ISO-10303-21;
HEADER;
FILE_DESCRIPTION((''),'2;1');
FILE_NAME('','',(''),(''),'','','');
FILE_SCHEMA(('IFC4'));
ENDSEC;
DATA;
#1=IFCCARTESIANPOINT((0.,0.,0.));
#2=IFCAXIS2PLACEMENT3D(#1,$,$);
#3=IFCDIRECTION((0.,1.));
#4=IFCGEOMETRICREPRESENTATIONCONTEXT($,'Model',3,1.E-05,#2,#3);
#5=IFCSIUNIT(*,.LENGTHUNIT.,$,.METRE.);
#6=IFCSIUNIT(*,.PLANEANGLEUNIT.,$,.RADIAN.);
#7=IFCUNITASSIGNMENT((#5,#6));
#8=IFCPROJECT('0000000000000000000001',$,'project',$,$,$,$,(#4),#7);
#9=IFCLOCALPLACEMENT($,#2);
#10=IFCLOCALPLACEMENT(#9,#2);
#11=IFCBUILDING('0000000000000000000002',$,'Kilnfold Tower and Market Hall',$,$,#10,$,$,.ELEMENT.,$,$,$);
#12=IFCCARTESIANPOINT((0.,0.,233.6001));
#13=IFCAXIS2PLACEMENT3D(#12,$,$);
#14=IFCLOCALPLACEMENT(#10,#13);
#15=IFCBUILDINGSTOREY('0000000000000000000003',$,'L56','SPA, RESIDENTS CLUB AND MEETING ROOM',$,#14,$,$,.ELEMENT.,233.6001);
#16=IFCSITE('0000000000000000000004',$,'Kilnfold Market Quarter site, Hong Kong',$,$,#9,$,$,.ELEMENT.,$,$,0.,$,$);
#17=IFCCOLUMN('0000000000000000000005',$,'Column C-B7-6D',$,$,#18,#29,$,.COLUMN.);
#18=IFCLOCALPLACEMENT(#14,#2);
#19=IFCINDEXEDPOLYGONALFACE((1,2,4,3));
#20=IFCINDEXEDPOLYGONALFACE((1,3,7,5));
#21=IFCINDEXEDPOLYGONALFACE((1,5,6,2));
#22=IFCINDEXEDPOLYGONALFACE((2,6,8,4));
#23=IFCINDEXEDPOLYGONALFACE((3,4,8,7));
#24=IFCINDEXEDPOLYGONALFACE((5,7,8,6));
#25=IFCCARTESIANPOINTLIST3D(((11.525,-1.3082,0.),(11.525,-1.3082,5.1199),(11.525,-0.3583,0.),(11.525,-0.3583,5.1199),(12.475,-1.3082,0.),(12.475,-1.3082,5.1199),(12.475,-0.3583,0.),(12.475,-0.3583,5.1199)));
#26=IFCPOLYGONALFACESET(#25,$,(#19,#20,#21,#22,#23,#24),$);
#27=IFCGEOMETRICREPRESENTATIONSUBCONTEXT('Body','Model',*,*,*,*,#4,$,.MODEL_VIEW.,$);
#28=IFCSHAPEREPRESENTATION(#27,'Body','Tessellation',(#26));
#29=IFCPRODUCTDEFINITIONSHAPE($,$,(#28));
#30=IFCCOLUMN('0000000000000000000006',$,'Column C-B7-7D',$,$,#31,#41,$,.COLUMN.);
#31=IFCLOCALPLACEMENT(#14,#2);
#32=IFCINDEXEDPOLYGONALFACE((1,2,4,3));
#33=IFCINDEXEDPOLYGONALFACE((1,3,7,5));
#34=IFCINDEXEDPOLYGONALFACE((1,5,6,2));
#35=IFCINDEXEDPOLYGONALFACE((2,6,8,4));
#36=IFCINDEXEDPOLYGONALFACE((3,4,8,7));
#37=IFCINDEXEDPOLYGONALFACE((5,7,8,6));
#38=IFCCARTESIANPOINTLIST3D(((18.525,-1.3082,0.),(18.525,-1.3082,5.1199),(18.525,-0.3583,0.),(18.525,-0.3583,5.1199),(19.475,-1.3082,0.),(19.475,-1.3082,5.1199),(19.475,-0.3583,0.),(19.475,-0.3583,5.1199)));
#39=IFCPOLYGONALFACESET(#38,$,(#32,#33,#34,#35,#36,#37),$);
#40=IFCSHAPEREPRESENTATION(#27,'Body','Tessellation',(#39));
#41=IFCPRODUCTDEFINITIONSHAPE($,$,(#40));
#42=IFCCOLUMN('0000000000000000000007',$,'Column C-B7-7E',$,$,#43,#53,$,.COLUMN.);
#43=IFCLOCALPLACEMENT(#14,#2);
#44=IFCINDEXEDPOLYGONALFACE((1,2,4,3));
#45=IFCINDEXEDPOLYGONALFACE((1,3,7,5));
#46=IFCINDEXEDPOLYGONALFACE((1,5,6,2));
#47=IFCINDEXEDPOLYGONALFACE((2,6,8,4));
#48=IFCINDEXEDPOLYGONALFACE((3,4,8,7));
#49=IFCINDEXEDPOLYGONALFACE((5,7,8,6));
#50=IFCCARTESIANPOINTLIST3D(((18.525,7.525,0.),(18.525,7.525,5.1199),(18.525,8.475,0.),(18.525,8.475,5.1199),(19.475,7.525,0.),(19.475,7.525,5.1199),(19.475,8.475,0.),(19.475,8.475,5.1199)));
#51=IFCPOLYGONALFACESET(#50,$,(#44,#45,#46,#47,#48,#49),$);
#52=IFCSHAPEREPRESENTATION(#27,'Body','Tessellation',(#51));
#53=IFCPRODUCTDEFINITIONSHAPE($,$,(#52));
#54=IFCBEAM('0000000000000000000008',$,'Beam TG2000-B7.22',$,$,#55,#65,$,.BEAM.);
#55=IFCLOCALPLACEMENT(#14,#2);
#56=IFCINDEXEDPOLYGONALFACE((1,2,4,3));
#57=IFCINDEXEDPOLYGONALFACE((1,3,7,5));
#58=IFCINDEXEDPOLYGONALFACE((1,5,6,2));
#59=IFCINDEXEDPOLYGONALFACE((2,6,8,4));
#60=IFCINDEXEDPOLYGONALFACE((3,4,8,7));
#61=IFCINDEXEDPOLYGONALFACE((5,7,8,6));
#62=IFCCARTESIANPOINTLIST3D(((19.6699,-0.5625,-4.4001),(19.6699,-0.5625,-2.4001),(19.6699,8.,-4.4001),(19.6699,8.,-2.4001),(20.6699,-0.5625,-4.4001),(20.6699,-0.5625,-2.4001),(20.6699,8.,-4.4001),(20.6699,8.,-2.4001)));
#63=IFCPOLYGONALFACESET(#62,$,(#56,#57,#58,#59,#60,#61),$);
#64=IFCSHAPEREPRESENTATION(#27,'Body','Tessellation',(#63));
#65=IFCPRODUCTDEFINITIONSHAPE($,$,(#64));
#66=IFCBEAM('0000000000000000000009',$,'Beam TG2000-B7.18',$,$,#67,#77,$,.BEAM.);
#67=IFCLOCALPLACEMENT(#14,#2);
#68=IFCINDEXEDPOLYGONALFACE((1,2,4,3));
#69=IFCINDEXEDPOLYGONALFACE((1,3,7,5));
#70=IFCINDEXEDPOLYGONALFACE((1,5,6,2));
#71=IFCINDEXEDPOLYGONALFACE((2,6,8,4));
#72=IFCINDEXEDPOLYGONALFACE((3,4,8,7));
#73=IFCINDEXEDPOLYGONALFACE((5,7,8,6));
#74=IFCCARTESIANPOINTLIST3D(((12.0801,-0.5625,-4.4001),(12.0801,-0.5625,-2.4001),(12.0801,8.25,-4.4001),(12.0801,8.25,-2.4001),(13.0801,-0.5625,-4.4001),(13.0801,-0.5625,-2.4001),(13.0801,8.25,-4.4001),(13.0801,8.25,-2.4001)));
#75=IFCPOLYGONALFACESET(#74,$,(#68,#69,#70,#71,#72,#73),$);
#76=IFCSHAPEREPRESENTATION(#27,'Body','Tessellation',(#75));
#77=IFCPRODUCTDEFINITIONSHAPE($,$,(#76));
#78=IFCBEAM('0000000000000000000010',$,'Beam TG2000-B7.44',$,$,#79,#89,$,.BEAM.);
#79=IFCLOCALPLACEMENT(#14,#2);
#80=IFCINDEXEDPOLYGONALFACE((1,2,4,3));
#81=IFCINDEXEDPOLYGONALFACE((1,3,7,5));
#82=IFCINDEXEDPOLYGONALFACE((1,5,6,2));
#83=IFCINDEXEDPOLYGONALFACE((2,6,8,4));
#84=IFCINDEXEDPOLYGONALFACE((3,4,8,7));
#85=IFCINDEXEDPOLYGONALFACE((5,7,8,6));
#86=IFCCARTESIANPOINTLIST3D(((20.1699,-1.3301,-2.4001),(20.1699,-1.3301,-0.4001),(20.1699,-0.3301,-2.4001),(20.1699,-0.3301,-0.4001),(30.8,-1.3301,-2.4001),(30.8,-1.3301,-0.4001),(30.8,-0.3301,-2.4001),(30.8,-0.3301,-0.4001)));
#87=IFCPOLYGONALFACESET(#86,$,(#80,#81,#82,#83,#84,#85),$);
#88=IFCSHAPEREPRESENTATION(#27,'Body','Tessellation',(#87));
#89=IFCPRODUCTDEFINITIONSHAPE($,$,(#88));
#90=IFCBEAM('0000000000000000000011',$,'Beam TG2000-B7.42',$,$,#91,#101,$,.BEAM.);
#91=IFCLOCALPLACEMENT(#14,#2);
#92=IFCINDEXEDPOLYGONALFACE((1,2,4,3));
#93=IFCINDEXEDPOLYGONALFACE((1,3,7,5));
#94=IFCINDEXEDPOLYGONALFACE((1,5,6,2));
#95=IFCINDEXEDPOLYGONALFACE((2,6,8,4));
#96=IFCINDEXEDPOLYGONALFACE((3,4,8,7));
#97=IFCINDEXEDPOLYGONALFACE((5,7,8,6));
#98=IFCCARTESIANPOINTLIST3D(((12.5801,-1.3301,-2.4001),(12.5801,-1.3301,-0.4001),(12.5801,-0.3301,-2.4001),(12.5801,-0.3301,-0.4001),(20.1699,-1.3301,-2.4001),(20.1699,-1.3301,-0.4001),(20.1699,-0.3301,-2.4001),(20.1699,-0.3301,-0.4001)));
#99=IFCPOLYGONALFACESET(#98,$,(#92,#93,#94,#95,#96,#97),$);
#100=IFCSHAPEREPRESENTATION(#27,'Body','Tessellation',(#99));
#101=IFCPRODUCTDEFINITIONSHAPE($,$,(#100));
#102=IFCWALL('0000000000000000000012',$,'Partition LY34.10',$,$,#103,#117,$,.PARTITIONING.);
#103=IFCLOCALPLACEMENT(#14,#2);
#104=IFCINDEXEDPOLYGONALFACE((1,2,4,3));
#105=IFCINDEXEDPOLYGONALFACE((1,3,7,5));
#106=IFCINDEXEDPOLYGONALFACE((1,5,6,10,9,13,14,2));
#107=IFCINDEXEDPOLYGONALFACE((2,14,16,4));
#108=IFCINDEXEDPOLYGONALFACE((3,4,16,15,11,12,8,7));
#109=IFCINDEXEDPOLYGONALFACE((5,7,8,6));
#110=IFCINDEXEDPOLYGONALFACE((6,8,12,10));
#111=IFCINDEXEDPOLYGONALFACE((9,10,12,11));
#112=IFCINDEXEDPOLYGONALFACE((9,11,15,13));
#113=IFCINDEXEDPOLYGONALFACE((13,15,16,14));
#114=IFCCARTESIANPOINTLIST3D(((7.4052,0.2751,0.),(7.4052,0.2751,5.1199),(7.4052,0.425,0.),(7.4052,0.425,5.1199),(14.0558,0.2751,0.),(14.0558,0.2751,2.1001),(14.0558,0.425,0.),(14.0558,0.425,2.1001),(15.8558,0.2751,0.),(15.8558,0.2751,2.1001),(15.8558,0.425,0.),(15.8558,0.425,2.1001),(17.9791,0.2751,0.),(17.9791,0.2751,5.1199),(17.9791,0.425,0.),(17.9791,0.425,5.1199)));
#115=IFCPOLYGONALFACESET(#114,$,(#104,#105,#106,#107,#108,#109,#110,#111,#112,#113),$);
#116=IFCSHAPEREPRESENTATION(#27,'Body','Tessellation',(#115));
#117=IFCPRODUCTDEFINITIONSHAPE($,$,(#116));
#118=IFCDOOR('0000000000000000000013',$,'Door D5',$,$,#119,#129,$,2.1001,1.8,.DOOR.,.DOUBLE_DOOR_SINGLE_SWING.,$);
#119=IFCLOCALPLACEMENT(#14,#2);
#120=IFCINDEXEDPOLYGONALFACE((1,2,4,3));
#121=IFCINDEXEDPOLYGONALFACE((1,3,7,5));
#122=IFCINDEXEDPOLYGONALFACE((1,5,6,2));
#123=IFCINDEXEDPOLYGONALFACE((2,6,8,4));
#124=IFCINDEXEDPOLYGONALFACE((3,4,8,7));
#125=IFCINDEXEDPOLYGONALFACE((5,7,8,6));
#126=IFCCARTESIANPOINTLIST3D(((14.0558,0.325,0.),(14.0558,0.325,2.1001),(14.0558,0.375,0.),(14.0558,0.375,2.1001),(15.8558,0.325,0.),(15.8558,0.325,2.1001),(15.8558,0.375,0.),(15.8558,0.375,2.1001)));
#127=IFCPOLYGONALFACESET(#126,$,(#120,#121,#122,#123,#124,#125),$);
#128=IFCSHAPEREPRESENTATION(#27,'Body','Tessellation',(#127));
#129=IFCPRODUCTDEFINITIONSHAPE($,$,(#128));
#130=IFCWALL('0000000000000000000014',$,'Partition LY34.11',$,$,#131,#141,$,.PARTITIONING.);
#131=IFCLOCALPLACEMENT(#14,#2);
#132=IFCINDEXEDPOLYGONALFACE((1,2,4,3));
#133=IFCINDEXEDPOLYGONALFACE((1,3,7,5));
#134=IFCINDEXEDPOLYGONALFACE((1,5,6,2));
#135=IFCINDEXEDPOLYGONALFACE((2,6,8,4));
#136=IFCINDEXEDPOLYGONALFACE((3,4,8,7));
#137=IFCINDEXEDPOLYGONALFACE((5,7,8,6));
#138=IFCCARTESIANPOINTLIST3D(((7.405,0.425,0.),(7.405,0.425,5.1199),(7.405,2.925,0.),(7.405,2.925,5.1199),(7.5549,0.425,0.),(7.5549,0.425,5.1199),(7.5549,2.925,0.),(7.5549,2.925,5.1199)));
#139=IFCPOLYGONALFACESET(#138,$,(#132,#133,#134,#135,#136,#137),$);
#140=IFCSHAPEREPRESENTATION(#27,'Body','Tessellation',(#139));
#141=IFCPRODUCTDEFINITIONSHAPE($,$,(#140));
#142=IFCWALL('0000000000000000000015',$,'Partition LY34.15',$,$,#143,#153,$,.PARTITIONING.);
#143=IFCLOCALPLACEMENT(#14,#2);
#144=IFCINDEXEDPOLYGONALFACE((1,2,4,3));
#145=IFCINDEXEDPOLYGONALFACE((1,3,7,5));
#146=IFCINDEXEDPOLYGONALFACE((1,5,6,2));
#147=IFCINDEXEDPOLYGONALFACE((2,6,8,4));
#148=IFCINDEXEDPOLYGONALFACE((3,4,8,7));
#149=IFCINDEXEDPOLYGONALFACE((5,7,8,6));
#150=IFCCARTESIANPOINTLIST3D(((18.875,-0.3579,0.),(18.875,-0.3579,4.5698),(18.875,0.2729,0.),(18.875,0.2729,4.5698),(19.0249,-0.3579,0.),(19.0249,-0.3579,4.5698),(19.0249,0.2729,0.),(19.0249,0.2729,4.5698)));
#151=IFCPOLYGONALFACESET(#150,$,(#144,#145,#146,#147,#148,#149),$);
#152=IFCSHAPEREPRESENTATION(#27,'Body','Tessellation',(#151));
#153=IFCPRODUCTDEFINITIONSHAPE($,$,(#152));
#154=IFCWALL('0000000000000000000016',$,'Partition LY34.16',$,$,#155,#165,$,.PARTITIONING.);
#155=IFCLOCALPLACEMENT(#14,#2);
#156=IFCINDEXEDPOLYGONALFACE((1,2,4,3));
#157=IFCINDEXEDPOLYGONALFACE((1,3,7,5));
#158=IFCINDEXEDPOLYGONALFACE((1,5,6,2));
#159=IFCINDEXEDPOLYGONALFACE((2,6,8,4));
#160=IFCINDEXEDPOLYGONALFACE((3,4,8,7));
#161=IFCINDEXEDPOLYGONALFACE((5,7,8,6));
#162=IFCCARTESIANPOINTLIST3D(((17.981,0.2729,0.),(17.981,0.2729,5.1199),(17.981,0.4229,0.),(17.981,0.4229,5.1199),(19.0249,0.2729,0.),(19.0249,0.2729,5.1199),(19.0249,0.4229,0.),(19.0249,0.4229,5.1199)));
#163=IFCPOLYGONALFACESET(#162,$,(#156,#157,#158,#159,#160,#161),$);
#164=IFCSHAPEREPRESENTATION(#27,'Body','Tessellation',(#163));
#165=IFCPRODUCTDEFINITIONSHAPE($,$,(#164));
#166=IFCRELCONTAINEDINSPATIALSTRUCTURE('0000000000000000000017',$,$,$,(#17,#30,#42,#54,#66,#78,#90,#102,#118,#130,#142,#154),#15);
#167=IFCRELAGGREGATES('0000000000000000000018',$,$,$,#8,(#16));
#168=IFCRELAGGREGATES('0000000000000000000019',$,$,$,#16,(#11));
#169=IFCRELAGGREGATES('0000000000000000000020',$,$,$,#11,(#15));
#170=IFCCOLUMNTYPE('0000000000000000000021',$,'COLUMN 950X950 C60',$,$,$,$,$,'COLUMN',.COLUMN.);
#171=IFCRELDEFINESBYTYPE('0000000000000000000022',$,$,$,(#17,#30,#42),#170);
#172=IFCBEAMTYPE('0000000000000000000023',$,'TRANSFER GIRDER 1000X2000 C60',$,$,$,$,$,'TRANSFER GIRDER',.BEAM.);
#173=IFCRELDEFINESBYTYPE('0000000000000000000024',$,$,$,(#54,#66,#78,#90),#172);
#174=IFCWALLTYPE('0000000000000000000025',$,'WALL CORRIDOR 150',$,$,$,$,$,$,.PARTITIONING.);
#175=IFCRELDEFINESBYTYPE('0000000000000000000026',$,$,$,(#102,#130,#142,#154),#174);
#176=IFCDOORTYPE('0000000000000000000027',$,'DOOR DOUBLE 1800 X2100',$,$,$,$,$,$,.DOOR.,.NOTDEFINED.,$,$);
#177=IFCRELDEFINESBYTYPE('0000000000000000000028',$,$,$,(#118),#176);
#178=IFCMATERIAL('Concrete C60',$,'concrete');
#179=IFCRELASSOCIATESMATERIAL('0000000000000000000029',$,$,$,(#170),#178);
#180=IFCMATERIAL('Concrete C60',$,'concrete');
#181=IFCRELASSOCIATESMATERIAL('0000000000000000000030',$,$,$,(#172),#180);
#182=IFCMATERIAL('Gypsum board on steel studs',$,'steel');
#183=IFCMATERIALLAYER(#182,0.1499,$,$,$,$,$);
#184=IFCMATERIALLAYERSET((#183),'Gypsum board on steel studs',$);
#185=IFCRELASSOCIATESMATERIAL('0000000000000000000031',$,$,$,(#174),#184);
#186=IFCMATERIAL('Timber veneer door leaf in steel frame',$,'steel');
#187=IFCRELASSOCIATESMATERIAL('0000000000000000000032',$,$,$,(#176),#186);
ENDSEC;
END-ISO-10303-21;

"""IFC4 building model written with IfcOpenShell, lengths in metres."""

from ifc_helpers import new_model, si_unit, direction, frame, frame_2d, origin, origin_2d, place, context, subcontext, project, spatial, rectangle, extrude, source, transform, mapped, material, layer, layer_set, material_profile, profile_set, type_object, element, fill, save


model = new_model("IFC4")

# Units and contexts
model_context = context("Model", 3, precision=1e-05, world=origin(), true_north=direction((0.0, 1.0)))
body_context = subcontext(model_context, "Body", "Model", "MODEL_VIEW")
ifc_project = project(units=[si_unit("LENGTHUNIT", "METRE"), si_unit("PLANEANGLEUNIT", "RADIAN")], contexts=[model_context])

# Site, building, storey
site_placement = place(None, origin())
site = spatial("IfcSite", under=ifc_project, at=site_placement, Name="Kilnfold Market Quarter site, Hong Kong", CompositionType="ELEMENT", RefElevation=0.0)
building_placement = place(site_placement, origin())
building = spatial("IfcBuilding", under=site, at=building_placement, Name="Kilnfold Tower and Market Hall", CompositionType="ELEMENT")
storey_placement = place(building_placement, frame((0.0, 0.0, 233.6001)))
storey = spatial("IfcBuildingStorey", under=building, at=storey_placement, Name="L56", Description="SPA, RESIDENTS CLUB AND MEETING ROOM", CompositionType="ELEMENT", Elevation=233.6001)

# Columns
ifc_material_1 = material(Name="Concrete C60", Category="concrete")
ifc_material_profile_1 = material_profile(ifc_material_1, rectangle(XDim=0.95, YDim=0.95, at=origin_2d()), Name="RC 950x950")
ifc_profile_set_1 = profile_set([ifc_material_profile_1], Name="Concrete C60")
column_type = type_object("IfcColumnType", Name="COLUMN 950X950 C60", ElementType="COLUMN", PredefinedType="COLUMN", material=ifc_profile_set_1)
shared_shape_1 = source(origin(), body_context, "Body", "SweptSolid", [
    extrude(rectangle(XDim=0.95, YDim=0.95, at=origin_2d()), origin(), (0.0, 0.0, 1.0), 5.1199),
])
for number, where, z_axis, x_axis, name in (
    (1, (12.0, -0.8333, 0.0), (0.0, 0.0, 1.0), (1.0, 0.0, 0.0), "Column C-B7-6D"),
    (2, (19.0, -0.8333, 0.0), (0.0, 0.0, 1.0), (1.0, 0.0, 0.0), "Column C-B7-7D"),
    (3, (19.0, 8.0, 0.0), (0.0, 0.0, 1.0), (1.0, 0.0, 0.0), "Column C-B7-7E"),
):
    element("IfcColumn", number, at=place(storey_placement, frame(where, z_axis=z_axis, x_axis=x_axis)), inside=storey, type_object=column_type, Name=name, PredefinedType="COLUMN", context=body_context, shape_type="MappedRepresentation", body=[
        mapped(shared_shape_1, transform((0.0, 0.0, 0.0))),
    ])

# Beams
ifc_material_2 = material(Name="Concrete C60", Category="concrete")
ifc_material_profile_2 = material_profile(ifc_material_2, rectangle(XDim=1.0, YDim=2.0, at=origin_2d()), Name="RC 1000x2000")
ifc_profile_set_2 = profile_set([ifc_material_profile_2], Name="Concrete C60")
beam_type = type_object("IfcBeamType", Name="TRANSFER GIRDER 1000X2000 C60", ElementType="TRANSFER GIRDER", PredefinedType="BEAM", material=ifc_profile_set_2)
shared_shape_2 = source(origin(), body_context, "Body", "SweptSolid", [
    extrude(rectangle(XDim=1.0, YDim=2.0, at=origin_2d()), origin(), (0.0, 0.0, 1.0), 8.5625),
])
beam_1_placement = place(storey_placement, frame((20.1699, -0.5625, -3.4001), z_axis=(0.0, 1.0, 0.0), x_axis=(-1.0, 0.0, 0.0)))
element("IfcBeam", 4, at=beam_1_placement, inside=storey, type_object=beam_type, Name="Beam TG2000-B7.22", PredefinedType="BEAM", context=body_context, shape_type="MappedRepresentation", body=[
    mapped(shared_shape_2, transform((0.0, 0.0, 0.0))),
])
shared_shape_3 = source(origin(), body_context, "Body", "SweptSolid", [
    extrude(rectangle(XDim=1.0, YDim=2.0, at=origin_2d()), origin(), (0.0, 0.0, 1.0), 8.8125),
])
beam_2_placement = place(storey_placement, frame((12.5801, -0.5625, -3.4001), z_axis=(0.0, 1.0, 0.0), x_axis=(-1.0, 0.0, 0.0)))
element("IfcBeam", 5, at=beam_2_placement, inside=storey, type_object=beam_type, Name="Beam TG2000-B7.18", PredefinedType="BEAM", context=body_context, shape_type="MappedRepresentation", body=[
    mapped(shared_shape_3, transform((0.0, 0.0, 0.0))),
])
shared_shape_4 = source(origin(), body_context, "Body", "SweptSolid", [
    extrude(rectangle(XDim=1.0, YDim=2.0, at=origin_2d()), origin(), (0.0, 0.0, 1.0), 10.6301),
])
beam_3_placement = place(storey_placement, frame((20.1699, -0.8301, -1.4001), z_axis=(1.0, 0.0, 0.0), x_axis=(0.0, 1.0, 0.0)))
element("IfcBeam", 6, at=beam_3_placement, inside=storey, type_object=beam_type, Name="Beam TG2000-B7.44", PredefinedType="BEAM", context=body_context, shape_type="MappedRepresentation", body=[
    mapped(shared_shape_4, transform((0.0, 0.0, 0.0))),
])
shared_shape_5 = source(origin(), body_context, "Body", "SweptSolid", [
    extrude(rectangle(XDim=1.0, YDim=2.0, at=origin_2d()), origin(), (0.0, 0.0, 1.0), 7.5898),
])
beam_4_placement = place(storey_placement, frame((12.5801, -0.8301, -1.4001), z_axis=(1.0, 0.0, 0.0), x_axis=(0.0, 1.0, 0.0)))
element("IfcBeam", 7, at=beam_4_placement, inside=storey, type_object=beam_type, Name="Beam TG2000-B7.42", PredefinedType="BEAM", context=body_context, shape_type="MappedRepresentation", body=[
    mapped(shared_shape_5, transform((0.0, 0.0, 0.0))),
])

# Wall, opening, door
ifc_material_3 = material(Name="Gypsum board on steel studs", Category="steel")
ifc_layer_1 = layer(ifc_material_3, 0.1499)
ifc_layer_set_1 = layer_set([ifc_layer_1], Name="Gypsum board on steel studs")
wall_type_1 = type_object("IfcWallType", Name="WALL CORRIDOR 150", PredefinedType="PARTITIONING", material=ifc_layer_set_1)
wall_1_placement = place(storey_placement, frame((7.405, 0.3501, 0.0), z_axis=(0.0, 0.0, 1.0), x_axis=(1.0, 0.0, 0.0)))
wall_1 = element("IfcWall", 8, at=wall_1_placement, inside=storey, type_object=wall_type_1, Name="Partition LY34.10", PredefinedType="PARTITIONING", context=body_context, shape_type="SweptSolid", body=[
    extrude(rectangle(XDim=10.574, YDim=0.1499, at=frame_2d((5.2871, 0.0))), origin(), (0.0, 0.0, 1.0), 5.1199),
])
opening_1_placement = place(wall_1_placement, frame((6.6509, 0.0, 0.0)))
opening_1 = element("IfcOpeningElement", 9, at=opening_1_placement, cuts=wall_1, PredefinedType="OPENING", context=body_context, shape_type="SweptSolid", body=[
    extrude(rectangle(XDim=1.8, YDim=2.1001, at=frame_2d((0.8999, 1.05))), frame((0.0, 0.085, 0.0), z_axis=(0.0, -1.0, 0.0), x_axis=(1.0, 0.0, 0.0)), (0.0, 0.0, 1.0), 0.1699),
])
ifc_material_4 = material(Name="Timber veneer door leaf in steel frame", Category="steel")
door_type_1 = type_object("IfcDoorType", Name="DOOR DOUBLE 1800 X2100", OperationType="NOTDEFINED", PredefinedType="DOOR", material=ifc_material_4)
door_1_placement = place(opening_1_placement, origin())
door_1 = element("IfcDoor", 10, at=door_1_placement, inside=storey, type_object=door_type_1, Name="Door D5", OperationType="DOUBLE_DOOR_SINGLE_SWING", OverallHeight=2.1001, OverallWidth=1.8, PredefinedType="DOOR", context=body_context, shape_type="SweptSolid", body=[
    extrude(rectangle(XDim=1.8, YDim=2.1001, at=frame_2d((0.8999, 1.05))), frame((0.0, 0.0249, 0.0), z_axis=(0.0, -1.0, 0.0), x_axis=(1.0, 0.0, 0.0)), (0.0, 0.0, 1.0), 0.05),
])
fill(opening_1, door_1)

# Walls
wall_2_placement = place(storey_placement, frame((7.48, 2.925, 0.0), z_axis=(0.0, 0.0, 1.0), x_axis=(0.0, -1.0, 0.0)))
element("IfcWall", 11, at=wall_2_placement, inside=storey, type_object=wall_type_1, Name="Partition LY34.11", PredefinedType="PARTITIONING", context=body_context, shape_type="SweptSolid", body=[
    extrude(rectangle(XDim=2.5, YDim=0.1499, at=frame_2d((1.25, 0.0))), origin(), (0.0, 0.0, 1.0), 5.1199),
])
wall_3_placement = place(storey_placement, frame((18.95, -0.3579, 0.0), z_axis=(0.0, 0.0, 1.0), x_axis=(0.0, 1.0, 0.0)))
element("IfcWall", 12, at=wall_3_placement, inside=storey, type_object=wall_type_1, Name="Partition LY34.15", PredefinedType="PARTITIONING", context=body_context, shape_type="SweptSolid", body=[
    extrude(rectangle(XDim=0.6309, YDim=0.1499, at=frame_2d((0.3154, 0.0))), origin(), (0.0, 0.0, 1.0), 4.5698),
])
wall_4_placement = place(storey_placement, frame((17.981, 0.3479, 0.0), z_axis=(0.0, 0.0, 1.0), x_axis=(1.0, 0.0, 0.0)))
element("IfcWall", 13, at=wall_4_placement, inside=storey, type_object=wall_type_1, Name="Partition LY34.16", PredefinedType="PARTITIONING", context=body_context, shape_type="SweptSolid", body=[
    extrude(rectangle(XDim=1.0439, YDim=0.1499, at=frame_2d((0.522, 0.0))), origin(), (0.0, 0.0, 1.0), 5.1199),
])

save(model, "model.ifc")
